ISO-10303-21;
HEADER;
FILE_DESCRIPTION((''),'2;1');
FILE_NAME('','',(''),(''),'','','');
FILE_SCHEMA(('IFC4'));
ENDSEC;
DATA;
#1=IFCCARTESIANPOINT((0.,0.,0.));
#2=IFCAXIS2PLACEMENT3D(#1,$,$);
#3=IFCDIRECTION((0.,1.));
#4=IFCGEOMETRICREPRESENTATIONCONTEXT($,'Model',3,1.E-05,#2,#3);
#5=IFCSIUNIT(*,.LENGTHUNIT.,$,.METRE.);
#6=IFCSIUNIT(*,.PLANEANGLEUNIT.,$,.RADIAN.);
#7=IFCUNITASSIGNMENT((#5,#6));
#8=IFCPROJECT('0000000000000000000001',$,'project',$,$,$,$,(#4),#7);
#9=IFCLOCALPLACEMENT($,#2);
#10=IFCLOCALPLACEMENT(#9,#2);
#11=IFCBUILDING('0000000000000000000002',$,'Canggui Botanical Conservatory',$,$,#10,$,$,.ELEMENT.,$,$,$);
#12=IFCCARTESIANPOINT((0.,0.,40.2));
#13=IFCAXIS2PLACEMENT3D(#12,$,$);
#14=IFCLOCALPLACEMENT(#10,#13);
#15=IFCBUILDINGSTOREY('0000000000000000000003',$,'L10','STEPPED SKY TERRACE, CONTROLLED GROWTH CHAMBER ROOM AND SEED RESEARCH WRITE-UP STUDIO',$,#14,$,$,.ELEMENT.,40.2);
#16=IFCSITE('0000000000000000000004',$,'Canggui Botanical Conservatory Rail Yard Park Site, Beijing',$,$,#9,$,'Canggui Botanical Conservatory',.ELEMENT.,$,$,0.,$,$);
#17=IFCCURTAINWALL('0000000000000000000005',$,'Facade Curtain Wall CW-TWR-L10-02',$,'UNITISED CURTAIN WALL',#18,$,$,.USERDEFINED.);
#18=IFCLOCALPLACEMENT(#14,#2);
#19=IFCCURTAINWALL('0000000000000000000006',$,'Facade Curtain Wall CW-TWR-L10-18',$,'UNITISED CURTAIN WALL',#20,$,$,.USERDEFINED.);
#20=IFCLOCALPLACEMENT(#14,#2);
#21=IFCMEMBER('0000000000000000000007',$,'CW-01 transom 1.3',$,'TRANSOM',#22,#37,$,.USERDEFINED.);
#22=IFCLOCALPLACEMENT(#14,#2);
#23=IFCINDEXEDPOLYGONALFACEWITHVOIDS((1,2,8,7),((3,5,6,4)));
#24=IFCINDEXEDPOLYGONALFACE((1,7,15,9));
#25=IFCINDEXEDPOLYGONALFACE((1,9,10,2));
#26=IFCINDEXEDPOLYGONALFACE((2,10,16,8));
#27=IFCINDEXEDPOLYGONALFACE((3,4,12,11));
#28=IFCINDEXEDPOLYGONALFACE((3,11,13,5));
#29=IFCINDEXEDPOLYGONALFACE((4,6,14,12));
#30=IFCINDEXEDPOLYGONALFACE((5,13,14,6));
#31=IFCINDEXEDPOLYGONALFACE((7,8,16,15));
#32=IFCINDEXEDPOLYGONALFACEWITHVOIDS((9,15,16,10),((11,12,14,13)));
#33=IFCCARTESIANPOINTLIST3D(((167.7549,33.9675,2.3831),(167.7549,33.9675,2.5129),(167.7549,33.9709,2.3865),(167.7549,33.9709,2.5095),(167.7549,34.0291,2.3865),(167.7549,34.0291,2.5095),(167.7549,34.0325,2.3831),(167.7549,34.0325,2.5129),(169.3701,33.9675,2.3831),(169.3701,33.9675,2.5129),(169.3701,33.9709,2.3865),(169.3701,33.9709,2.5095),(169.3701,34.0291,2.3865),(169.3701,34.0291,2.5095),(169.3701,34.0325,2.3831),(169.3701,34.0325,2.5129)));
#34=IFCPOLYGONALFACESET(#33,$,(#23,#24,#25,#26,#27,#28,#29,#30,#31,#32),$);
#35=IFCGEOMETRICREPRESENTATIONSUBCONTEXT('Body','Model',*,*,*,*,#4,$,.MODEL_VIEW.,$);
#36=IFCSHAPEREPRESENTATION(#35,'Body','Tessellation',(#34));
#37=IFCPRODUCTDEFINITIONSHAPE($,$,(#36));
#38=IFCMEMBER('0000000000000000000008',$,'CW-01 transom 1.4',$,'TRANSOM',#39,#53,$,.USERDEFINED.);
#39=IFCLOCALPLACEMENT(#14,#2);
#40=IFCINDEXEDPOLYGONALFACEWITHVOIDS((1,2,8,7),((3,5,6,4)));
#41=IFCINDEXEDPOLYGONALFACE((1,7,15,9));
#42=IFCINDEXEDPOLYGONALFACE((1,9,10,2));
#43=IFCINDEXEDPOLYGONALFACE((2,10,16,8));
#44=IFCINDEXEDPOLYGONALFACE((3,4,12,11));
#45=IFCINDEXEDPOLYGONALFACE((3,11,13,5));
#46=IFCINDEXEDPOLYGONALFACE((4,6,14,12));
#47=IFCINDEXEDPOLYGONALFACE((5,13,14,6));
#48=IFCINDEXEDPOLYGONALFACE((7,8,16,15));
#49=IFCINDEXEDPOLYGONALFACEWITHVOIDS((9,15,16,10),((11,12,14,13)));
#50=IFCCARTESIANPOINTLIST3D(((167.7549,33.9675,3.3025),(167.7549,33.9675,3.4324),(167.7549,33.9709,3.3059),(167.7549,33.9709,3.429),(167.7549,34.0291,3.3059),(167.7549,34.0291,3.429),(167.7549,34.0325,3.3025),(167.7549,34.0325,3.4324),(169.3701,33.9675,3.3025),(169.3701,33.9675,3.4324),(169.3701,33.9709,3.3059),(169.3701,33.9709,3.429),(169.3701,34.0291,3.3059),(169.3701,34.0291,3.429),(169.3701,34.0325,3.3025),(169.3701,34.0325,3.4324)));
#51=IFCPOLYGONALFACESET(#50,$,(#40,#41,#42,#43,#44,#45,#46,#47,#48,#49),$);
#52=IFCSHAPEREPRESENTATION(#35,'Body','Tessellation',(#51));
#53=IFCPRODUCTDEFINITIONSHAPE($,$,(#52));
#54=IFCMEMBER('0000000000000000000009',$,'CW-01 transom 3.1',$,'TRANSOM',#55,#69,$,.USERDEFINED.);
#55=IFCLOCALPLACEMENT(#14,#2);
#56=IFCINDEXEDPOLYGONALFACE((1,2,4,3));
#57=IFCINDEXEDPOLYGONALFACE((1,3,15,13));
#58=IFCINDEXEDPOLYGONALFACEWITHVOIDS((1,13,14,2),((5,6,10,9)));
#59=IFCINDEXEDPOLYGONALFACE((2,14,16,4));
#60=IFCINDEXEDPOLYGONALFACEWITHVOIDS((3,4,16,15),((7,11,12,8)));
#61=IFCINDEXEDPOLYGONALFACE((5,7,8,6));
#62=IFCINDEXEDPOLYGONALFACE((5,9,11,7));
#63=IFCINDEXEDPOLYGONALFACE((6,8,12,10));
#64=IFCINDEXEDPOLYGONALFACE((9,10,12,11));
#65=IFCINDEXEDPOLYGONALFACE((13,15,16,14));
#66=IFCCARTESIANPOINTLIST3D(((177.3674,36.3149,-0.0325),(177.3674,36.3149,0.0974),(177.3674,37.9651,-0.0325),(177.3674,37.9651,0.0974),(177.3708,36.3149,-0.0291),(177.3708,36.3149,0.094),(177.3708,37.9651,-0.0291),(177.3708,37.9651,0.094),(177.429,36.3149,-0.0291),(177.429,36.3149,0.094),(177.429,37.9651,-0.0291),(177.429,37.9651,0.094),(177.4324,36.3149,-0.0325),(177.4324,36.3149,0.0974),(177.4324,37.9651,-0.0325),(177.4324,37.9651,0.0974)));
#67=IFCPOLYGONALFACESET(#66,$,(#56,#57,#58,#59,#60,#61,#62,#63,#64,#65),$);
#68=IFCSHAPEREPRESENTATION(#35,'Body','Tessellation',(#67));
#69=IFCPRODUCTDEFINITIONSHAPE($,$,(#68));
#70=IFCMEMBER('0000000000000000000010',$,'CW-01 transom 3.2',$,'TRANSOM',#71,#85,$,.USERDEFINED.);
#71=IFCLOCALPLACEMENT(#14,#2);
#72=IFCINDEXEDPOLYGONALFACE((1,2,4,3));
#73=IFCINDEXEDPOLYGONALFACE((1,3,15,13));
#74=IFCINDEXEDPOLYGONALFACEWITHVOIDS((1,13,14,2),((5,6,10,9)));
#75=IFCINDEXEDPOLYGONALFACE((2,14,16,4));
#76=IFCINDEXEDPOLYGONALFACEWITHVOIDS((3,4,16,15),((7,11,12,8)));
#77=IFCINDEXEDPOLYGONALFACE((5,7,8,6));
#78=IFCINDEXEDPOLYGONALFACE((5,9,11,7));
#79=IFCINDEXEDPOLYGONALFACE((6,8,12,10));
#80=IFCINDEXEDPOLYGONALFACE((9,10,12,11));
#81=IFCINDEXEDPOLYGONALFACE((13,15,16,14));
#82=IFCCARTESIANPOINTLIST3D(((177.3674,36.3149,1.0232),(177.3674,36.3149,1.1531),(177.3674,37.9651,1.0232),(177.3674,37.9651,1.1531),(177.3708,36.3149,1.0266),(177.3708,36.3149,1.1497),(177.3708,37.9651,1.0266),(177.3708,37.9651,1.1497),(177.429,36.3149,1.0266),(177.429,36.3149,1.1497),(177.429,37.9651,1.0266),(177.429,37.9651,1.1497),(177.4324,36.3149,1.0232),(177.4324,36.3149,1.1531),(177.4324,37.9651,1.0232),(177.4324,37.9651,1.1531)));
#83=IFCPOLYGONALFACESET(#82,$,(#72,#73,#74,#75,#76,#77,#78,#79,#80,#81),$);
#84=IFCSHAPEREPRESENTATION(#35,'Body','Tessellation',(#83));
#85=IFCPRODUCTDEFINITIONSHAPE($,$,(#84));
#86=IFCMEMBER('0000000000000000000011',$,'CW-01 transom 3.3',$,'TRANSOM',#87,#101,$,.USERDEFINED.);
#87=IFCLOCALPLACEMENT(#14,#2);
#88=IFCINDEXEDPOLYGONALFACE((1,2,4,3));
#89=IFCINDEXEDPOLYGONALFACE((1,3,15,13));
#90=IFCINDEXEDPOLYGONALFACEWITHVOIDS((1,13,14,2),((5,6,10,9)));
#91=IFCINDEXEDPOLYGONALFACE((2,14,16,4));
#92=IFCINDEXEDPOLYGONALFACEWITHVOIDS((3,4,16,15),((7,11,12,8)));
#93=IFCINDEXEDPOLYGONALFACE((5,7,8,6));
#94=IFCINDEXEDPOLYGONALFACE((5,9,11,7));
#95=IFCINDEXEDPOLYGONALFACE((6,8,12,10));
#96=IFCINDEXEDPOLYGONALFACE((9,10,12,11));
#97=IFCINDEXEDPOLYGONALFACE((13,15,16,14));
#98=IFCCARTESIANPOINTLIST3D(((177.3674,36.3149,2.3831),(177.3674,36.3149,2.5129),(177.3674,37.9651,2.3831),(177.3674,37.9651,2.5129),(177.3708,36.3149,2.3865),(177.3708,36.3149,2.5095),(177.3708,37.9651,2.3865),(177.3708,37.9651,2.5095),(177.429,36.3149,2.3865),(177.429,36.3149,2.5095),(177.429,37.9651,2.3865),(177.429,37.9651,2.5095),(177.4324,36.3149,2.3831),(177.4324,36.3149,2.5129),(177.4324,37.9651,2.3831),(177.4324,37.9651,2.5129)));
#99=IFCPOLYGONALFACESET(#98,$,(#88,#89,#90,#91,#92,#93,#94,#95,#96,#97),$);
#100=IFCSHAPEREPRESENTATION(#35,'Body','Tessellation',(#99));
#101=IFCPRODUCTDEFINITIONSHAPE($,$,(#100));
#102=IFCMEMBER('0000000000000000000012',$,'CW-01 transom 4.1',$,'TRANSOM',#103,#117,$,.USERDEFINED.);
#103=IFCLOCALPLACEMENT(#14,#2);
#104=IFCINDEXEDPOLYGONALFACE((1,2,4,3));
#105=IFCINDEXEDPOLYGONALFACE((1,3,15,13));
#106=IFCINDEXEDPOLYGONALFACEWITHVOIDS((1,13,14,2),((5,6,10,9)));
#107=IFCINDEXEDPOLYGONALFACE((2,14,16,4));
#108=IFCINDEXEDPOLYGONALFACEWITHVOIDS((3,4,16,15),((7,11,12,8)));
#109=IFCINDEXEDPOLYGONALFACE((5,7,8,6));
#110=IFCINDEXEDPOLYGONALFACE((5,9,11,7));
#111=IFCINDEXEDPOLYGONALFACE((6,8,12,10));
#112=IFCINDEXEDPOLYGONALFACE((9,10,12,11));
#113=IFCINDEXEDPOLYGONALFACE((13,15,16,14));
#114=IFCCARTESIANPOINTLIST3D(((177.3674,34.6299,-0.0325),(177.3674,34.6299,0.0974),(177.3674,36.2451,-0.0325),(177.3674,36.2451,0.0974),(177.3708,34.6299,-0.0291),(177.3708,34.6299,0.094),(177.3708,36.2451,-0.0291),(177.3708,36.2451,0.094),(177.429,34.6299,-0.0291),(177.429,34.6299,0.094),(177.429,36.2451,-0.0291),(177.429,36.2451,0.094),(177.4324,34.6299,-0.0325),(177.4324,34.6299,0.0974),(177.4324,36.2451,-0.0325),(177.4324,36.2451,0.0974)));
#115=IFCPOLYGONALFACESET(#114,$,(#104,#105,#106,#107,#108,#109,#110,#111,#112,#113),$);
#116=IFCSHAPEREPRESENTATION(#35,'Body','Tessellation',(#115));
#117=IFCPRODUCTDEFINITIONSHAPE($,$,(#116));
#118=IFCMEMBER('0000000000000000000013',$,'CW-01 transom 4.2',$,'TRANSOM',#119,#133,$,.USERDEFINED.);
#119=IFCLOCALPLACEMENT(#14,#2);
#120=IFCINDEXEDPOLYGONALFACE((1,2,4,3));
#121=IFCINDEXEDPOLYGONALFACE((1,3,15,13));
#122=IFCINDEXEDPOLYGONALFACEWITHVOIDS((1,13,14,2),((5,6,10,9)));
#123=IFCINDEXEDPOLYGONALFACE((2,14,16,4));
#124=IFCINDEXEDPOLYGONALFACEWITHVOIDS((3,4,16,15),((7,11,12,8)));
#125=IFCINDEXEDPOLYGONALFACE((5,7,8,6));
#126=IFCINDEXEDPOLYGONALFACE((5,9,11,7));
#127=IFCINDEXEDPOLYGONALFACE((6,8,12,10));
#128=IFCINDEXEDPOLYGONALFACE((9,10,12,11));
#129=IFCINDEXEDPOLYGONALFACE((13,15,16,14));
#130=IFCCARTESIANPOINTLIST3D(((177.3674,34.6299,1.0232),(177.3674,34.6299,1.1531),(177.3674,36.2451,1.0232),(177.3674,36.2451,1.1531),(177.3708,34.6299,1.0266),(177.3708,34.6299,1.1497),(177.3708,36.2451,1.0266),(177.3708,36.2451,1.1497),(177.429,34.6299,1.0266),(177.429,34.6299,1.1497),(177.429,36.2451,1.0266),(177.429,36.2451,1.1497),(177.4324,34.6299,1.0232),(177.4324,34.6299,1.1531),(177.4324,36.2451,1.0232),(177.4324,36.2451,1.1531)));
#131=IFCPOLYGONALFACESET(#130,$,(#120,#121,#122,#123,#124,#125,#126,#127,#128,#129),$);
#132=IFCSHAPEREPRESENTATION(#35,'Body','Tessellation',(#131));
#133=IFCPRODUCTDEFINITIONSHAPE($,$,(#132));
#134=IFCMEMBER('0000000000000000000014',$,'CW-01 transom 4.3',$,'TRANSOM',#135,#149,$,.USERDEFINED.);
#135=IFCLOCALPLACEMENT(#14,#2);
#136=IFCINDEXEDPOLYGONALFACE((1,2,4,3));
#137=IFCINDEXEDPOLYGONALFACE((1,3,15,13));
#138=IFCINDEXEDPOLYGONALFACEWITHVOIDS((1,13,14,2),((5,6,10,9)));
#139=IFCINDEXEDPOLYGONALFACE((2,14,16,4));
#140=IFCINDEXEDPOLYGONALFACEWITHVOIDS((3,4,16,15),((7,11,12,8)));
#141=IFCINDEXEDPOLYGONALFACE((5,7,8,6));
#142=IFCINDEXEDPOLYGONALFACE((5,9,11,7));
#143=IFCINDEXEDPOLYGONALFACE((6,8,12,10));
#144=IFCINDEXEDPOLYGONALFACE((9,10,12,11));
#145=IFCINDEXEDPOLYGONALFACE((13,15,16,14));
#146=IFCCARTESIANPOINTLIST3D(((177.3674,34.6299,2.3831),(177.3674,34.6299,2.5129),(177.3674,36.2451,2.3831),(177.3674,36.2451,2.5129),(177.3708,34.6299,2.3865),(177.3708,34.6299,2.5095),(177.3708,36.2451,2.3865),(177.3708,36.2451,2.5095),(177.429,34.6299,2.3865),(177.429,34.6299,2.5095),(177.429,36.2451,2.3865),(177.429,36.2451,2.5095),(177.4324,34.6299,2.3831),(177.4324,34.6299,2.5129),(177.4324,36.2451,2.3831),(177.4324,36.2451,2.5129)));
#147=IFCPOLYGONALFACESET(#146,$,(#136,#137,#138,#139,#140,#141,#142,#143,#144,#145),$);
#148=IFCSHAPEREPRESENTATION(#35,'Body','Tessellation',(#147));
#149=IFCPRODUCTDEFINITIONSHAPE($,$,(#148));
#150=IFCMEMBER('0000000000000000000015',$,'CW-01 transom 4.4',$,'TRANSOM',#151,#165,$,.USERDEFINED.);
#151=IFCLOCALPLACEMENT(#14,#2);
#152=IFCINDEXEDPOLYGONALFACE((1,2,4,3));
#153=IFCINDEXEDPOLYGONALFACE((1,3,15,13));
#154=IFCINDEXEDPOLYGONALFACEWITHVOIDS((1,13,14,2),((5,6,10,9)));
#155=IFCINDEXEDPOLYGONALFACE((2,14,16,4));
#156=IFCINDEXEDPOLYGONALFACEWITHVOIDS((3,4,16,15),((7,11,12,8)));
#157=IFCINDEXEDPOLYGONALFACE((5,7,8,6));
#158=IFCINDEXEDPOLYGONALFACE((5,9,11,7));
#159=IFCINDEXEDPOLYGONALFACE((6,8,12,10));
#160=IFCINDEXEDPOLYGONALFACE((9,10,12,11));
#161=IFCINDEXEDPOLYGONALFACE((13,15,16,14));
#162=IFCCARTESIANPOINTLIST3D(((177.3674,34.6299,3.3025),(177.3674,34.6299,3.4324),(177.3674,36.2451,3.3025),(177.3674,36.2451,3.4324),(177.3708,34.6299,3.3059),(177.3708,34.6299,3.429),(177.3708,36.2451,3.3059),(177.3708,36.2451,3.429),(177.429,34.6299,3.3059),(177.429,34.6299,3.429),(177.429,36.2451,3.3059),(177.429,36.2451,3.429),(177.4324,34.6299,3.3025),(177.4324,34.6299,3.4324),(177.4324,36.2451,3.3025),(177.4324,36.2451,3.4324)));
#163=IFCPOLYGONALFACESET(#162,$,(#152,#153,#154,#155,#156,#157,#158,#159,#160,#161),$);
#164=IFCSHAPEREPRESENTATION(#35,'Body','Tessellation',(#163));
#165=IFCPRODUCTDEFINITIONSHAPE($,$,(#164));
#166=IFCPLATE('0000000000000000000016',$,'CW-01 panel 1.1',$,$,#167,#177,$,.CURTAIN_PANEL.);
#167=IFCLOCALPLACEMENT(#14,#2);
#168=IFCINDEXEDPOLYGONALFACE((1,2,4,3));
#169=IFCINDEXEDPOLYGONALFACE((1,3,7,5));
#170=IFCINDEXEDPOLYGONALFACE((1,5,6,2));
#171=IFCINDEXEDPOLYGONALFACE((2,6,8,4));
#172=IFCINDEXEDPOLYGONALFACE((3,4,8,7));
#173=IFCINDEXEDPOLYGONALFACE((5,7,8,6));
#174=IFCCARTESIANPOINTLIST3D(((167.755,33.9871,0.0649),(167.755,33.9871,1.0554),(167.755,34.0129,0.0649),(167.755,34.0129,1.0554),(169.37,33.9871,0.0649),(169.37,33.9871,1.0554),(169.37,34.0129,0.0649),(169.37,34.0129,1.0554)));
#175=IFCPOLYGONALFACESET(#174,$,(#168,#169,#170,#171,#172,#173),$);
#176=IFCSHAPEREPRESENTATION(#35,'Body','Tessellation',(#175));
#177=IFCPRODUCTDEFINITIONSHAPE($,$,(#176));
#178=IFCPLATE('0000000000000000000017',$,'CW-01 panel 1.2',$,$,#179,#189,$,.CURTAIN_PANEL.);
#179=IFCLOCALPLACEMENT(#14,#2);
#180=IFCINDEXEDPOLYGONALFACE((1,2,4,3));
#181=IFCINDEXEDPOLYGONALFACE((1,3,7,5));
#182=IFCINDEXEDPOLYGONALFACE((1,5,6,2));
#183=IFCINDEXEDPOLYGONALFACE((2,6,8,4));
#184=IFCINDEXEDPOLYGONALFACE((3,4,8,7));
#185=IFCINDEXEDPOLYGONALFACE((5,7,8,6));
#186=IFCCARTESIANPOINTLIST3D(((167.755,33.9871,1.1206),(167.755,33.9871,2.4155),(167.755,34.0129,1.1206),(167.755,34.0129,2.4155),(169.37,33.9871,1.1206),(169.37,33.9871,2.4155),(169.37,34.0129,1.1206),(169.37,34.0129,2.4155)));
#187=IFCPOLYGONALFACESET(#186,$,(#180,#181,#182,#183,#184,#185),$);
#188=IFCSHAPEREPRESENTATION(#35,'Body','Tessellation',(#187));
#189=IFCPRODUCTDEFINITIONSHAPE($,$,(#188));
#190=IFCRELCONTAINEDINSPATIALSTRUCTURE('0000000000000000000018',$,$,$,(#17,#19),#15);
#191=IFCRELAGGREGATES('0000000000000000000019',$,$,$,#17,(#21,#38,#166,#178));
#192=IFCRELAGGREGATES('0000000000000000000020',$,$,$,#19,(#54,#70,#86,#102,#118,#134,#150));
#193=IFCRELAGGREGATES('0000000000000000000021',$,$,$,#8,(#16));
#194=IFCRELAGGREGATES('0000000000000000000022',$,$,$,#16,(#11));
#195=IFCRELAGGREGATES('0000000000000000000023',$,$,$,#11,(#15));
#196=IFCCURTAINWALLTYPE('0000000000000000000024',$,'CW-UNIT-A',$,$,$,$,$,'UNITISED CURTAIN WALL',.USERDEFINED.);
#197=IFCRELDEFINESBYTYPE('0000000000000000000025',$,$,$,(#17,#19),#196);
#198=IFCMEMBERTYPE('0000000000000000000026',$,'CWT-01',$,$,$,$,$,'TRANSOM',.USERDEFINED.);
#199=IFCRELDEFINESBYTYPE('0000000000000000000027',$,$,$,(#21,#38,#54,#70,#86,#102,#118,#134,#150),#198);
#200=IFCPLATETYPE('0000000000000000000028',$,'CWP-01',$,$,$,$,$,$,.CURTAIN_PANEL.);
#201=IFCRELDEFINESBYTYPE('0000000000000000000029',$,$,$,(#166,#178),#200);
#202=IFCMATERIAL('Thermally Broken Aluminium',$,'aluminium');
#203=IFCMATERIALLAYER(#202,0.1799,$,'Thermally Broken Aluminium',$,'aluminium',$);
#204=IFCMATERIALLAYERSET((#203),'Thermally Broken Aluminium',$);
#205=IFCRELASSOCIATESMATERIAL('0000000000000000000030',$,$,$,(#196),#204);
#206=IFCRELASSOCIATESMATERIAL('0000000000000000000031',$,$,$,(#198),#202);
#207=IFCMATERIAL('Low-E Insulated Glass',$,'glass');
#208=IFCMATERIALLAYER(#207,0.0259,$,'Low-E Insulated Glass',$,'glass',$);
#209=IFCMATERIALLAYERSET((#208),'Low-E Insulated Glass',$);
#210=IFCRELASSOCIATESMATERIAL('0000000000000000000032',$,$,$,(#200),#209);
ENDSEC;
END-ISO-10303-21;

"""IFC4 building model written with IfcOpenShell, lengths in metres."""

from ifc_helpers import new_model, si_unit, direction, frame, origin, origin_2d, place, context, subcontext, project, spatial, rectangle, hollow_rectangle, extrude, material, layer, layer_set, material_profile, profile_set, type_object, element, aggregate, save


model = new_model("IFC4")

# Units and contexts
model_context = context("Model", 3, precision=1e-05, world=origin(), true_north=direction((0.0, 1.0)))
body_context = subcontext(model_context, "Body", "Model", "MODEL_VIEW")
ifc_project = project(units=[si_unit("LENGTHUNIT", "METRE"), si_unit("PLANEANGLEUNIT", "RADIAN")], contexts=[model_context])

# Site, building, storey
site_placement = place(None, origin())
site = spatial("IfcSite", under=ifc_project, at=site_placement, Name="Canggui Botanical Conservatory Rail Yard Park Site, Beijing", LongName="Canggui Botanical Conservatory", CompositionType="ELEMENT", RefElevation=0.0)
building_placement = place(site_placement, origin())
building = spatial("IfcBuilding", under=site, at=building_placement, Name="Canggui Botanical Conservatory", CompositionType="ELEMENT")
storey_placement = place(building_placement, frame((0.0, 0.0, 40.2)))
storey = spatial("IfcBuildingStorey", under=building, at=storey_placement, Name="L10", Description="STEPPED SKY TERRACE, CONTROLLED GROWTH CHAMBER ROOM AND SEED RESEARCH WRITE-UP STUDIO", CompositionType="ELEMENT", Elevation=40.2)

# Curtain walls
ifc_material_1 = material(Name="Thermally Broken Aluminium", Category="aluminium")
ifc_layer_1 = layer(ifc_material_1, 0.1799, Name="Thermally Broken Aluminium", Category="aluminium")
ifc_layer_set_1 = layer_set([ifc_layer_1], Name="Thermally Broken Aluminium")
curtain_wall_type = type_object("IfcCurtainWallType", Name="CW-UNIT-A", ElementType="UNITISED CURTAIN WALL", PredefinedType="USERDEFINED", material=ifc_layer_set_1)
curtain_wall_1_placement = place(storey_placement, origin())
curtain_wall_1 = element("IfcCurtainWall", 1, at=curtain_wall_1_placement, inside=storey, type_object=curtain_wall_type, Name="Facade Curtain Wall CW-TWR-L10-02", ObjectType="UNITISED CURTAIN WALL", PredefinedType="USERDEFINED")
curtain_wall_2_placement = place(storey_placement, origin())
curtain_wall_2 = element("IfcCurtainWall", 2, at=curtain_wall_2_placement, inside=storey, type_object=curtain_wall_type, Name="Facade Curtain Wall CW-TWR-L10-18", ObjectType="UNITISED CURTAIN WALL", PredefinedType="USERDEFINED")

# Members
ifc_material_profile_1 = material_profile(ifc_material_1, hollow_rectangle(XDim=0.0649, YDim=0.1299, WallThickness=0.0034, at=origin_2d()), Name="CWT 65x130x3.5")
ifc_profile_set_1 = profile_set([ifc_material_profile_1], Name="Thermally Broken Aluminium")
member_type_1 = type_object("IfcMemberType", Name="CWT-01", ElementType="TRANSOM", PredefinedType="USERDEFINED", material=ifc_profile_set_1)
member_1_placement = place(storey_placement, frame((169.3701, 34.0, 2.448), z_axis=(-1.0, 0.0, 0.0), x_axis=(0.0, -1.0, 0.0)))
member_1 = element("IfcMember", 3, at=member_1_placement, type_object=member_type_1, Name="CW-01 transom 1.3", ObjectType="TRANSOM", PredefinedType="USERDEFINED", context=body_context, shape_type="SweptSolid", body=[
    extrude(hollow_rectangle(XDim=0.0649, YDim=0.1299, WallThickness=0.0034, at=origin_2d()), origin(), (0.0, 0.0, 1.0), 1.6152),
])
member_2_placement = place(storey_placement, frame((169.3701, 34.0, 3.3674), z_axis=(-1.0, 0.0, 0.0), x_axis=(0.0, -1.0, 0.0)))
member_2 = element("IfcMember", 4, at=member_2_placement, type_object=member_type_1, Name="CW-01 transom 1.4", ObjectType="TRANSOM", PredefinedType="USERDEFINED", context=body_context, shape_type="SweptSolid", body=[
    extrude(hollow_rectangle(XDim=0.0649, YDim=0.1299, WallThickness=0.0034, at=origin_2d()), origin(), (0.0, 0.0, 1.0), 1.6152),
])
member_3_placement = place(storey_placement, frame((177.3999, 37.9651, 0.0325), z_axis=(0.0, -1.0, 0.0), x_axis=(1.0, 0.0, 0.0)))
member_3 = element("IfcMember", 5, at=member_3_placement, type_object=member_type_1, Name="CW-01 transom 3.1", ObjectType="TRANSOM", PredefinedType="USERDEFINED", context=body_context, shape_type="SweptSolid", body=[
    extrude(hollow_rectangle(XDim=0.0649, YDim=0.1299, WallThickness=0.0034, at=origin_2d()), origin(), (0.0, 0.0, 1.0), 1.6501),
])
member_4_placement = place(storey_placement, frame((177.3999, 37.9651, 1.0881), z_axis=(0.0, -1.0, 0.0), x_axis=(1.0, 0.0, 0.0)))
member_4 = element("IfcMember", 6, at=member_4_placement, type_object=member_type_1, Name="CW-01 transom 3.2", ObjectType="TRANSOM", PredefinedType="USERDEFINED", context=body_context, shape_type="SweptSolid", body=[
    extrude(hollow_rectangle(XDim=0.0649, YDim=0.1299, WallThickness=0.0034, at=origin_2d()), origin(), (0.0, 0.0, 1.0), 1.6501),
])
member_5_placement = place(storey_placement, frame((177.3999, 37.9651, 2.448), z_axis=(0.0, -1.0, 0.0), x_axis=(1.0, 0.0, 0.0)))
member_5 = element("IfcMember", 7, at=member_5_placement, type_object=member_type_1, Name="CW-01 transom 3.3", ObjectType="TRANSOM", PredefinedType="USERDEFINED", context=body_context, shape_type="SweptSolid", body=[
    extrude(hollow_rectangle(XDim=0.0649, YDim=0.1299, WallThickness=0.0034, at=origin_2d()), origin(), (0.0, 0.0, 1.0), 1.6501),
])
member_6_placement = place(storey_placement, frame((177.3999, 36.2451, 0.0325), z_axis=(0.0, -1.0, 0.0), x_axis=(1.0, 0.0, 0.0)))
member_6 = element("IfcMember", 8, at=member_6_placement, type_object=member_type_1, Name="CW-01 transom 4.1", ObjectType="TRANSOM", PredefinedType="USERDEFINED", context=body_context, shape_type="SweptSolid", body=[
    extrude(hollow_rectangle(XDim=0.0649, YDim=0.1299, WallThickness=0.0034, at=origin_2d()), origin(), (0.0, 0.0, 1.0), 1.6152),
])
member_7_placement = place(storey_placement, frame((177.3999, 36.2451, 1.0881), z_axis=(0.0, -1.0, 0.0), x_axis=(1.0, 0.0, 0.0)))
member_7 = element("IfcMember", 9, at=member_7_placement, type_object=member_type_1, Name="CW-01 transom 4.2", ObjectType="TRANSOM", PredefinedType="USERDEFINED", context=body_context, shape_type="SweptSolid", body=[
    extrude(hollow_rectangle(XDim=0.0649, YDim=0.1299, WallThickness=0.0034, at=origin_2d()), origin(), (0.0, 0.0, 1.0), 1.6152),
])
member_8_placement = place(storey_placement, frame((177.3999, 36.2451, 2.448), z_axis=(0.0, -1.0, 0.0), x_axis=(1.0, 0.0, 0.0)))
member_8 = element("IfcMember", 10, at=member_8_placement, type_object=member_type_1, Name="CW-01 transom 4.3", ObjectType="TRANSOM", PredefinedType="USERDEFINED", context=body_context, shape_type="SweptSolid", body=[
    extrude(hollow_rectangle(XDim=0.0649, YDim=0.1299, WallThickness=0.0034, at=origin_2d()), origin(), (0.0, 0.0, 1.0), 1.6152),
])
member_9_placement = place(storey_placement, frame((177.3999, 36.2451, 3.3674), z_axis=(0.0, -1.0, 0.0), x_axis=(1.0, 0.0, 0.0)))
member_9 = element("IfcMember", 11, at=member_9_placement, type_object=member_type_1, Name="CW-01 transom 4.4", ObjectType="TRANSOM", PredefinedType="USERDEFINED", context=body_context, shape_type="SweptSolid", body=[
    extrude(hollow_rectangle(XDim=0.0649, YDim=0.1299, WallThickness=0.0034, at=origin_2d()), origin(), (0.0, 0.0, 1.0), 1.6152),
])

# Plates
ifc_material_2 = material(Name="Low-E Insulated Glass", Category="glass")
ifc_layer_2 = layer(ifc_material_2, 0.0259, Name="Low-E Insulated Glass", Category="glass")
ifc_layer_set_2 = layer_set([ifc_layer_2], Name="Low-E Insulated Glass")
plate_type = type_object("IfcPlateType", Name="CWP-01", PredefinedType="CURTAIN_PANEL", material=ifc_layer_set_2)
plate_1_placement = place(storey_placement, frame((168.5625, 34.0, 0.0649), z_axis=(0.0, 0.0, 1.0), x_axis=(-1.0, 0.0, 0.0)))
plate_1 = element("IfcPlate", 12, at=plate_1_placement, type_object=plate_type, Name="CW-01 panel 1.1", PredefinedType="CURTAIN_PANEL", context=body_context, shape_type="SweptSolid", body=[
    extrude(rectangle(XDim=1.615, YDim=0.0259, at=origin_2d()), origin(), (0.0, 0.0, 1.0), 0.9905),
])
plate_2_placement = place(storey_placement, frame((168.5625, 34.0, 1.1206), z_axis=(0.0, 0.0, 1.0), x_axis=(-1.0, 0.0, 0.0)))
plate_2 = element("IfcPlate", 13, at=plate_2_placement, type_object=plate_type, Name="CW-01 panel 1.2", PredefinedType="CURTAIN_PANEL", context=body_context, shape_type="SweptSolid", body=[
    extrude(rectangle(XDim=1.615, YDim=0.0259, at=origin_2d()), origin(), (0.0, 0.0, 1.0), 1.2949),
])
aggregate(curtain_wall_1, [member_1, member_2, plate_1, plate_2])
aggregate(curtain_wall_2, [member_3, member_4, member_5, member_6, member_7, member_8, member_9])

save(model, "model.ifc")
